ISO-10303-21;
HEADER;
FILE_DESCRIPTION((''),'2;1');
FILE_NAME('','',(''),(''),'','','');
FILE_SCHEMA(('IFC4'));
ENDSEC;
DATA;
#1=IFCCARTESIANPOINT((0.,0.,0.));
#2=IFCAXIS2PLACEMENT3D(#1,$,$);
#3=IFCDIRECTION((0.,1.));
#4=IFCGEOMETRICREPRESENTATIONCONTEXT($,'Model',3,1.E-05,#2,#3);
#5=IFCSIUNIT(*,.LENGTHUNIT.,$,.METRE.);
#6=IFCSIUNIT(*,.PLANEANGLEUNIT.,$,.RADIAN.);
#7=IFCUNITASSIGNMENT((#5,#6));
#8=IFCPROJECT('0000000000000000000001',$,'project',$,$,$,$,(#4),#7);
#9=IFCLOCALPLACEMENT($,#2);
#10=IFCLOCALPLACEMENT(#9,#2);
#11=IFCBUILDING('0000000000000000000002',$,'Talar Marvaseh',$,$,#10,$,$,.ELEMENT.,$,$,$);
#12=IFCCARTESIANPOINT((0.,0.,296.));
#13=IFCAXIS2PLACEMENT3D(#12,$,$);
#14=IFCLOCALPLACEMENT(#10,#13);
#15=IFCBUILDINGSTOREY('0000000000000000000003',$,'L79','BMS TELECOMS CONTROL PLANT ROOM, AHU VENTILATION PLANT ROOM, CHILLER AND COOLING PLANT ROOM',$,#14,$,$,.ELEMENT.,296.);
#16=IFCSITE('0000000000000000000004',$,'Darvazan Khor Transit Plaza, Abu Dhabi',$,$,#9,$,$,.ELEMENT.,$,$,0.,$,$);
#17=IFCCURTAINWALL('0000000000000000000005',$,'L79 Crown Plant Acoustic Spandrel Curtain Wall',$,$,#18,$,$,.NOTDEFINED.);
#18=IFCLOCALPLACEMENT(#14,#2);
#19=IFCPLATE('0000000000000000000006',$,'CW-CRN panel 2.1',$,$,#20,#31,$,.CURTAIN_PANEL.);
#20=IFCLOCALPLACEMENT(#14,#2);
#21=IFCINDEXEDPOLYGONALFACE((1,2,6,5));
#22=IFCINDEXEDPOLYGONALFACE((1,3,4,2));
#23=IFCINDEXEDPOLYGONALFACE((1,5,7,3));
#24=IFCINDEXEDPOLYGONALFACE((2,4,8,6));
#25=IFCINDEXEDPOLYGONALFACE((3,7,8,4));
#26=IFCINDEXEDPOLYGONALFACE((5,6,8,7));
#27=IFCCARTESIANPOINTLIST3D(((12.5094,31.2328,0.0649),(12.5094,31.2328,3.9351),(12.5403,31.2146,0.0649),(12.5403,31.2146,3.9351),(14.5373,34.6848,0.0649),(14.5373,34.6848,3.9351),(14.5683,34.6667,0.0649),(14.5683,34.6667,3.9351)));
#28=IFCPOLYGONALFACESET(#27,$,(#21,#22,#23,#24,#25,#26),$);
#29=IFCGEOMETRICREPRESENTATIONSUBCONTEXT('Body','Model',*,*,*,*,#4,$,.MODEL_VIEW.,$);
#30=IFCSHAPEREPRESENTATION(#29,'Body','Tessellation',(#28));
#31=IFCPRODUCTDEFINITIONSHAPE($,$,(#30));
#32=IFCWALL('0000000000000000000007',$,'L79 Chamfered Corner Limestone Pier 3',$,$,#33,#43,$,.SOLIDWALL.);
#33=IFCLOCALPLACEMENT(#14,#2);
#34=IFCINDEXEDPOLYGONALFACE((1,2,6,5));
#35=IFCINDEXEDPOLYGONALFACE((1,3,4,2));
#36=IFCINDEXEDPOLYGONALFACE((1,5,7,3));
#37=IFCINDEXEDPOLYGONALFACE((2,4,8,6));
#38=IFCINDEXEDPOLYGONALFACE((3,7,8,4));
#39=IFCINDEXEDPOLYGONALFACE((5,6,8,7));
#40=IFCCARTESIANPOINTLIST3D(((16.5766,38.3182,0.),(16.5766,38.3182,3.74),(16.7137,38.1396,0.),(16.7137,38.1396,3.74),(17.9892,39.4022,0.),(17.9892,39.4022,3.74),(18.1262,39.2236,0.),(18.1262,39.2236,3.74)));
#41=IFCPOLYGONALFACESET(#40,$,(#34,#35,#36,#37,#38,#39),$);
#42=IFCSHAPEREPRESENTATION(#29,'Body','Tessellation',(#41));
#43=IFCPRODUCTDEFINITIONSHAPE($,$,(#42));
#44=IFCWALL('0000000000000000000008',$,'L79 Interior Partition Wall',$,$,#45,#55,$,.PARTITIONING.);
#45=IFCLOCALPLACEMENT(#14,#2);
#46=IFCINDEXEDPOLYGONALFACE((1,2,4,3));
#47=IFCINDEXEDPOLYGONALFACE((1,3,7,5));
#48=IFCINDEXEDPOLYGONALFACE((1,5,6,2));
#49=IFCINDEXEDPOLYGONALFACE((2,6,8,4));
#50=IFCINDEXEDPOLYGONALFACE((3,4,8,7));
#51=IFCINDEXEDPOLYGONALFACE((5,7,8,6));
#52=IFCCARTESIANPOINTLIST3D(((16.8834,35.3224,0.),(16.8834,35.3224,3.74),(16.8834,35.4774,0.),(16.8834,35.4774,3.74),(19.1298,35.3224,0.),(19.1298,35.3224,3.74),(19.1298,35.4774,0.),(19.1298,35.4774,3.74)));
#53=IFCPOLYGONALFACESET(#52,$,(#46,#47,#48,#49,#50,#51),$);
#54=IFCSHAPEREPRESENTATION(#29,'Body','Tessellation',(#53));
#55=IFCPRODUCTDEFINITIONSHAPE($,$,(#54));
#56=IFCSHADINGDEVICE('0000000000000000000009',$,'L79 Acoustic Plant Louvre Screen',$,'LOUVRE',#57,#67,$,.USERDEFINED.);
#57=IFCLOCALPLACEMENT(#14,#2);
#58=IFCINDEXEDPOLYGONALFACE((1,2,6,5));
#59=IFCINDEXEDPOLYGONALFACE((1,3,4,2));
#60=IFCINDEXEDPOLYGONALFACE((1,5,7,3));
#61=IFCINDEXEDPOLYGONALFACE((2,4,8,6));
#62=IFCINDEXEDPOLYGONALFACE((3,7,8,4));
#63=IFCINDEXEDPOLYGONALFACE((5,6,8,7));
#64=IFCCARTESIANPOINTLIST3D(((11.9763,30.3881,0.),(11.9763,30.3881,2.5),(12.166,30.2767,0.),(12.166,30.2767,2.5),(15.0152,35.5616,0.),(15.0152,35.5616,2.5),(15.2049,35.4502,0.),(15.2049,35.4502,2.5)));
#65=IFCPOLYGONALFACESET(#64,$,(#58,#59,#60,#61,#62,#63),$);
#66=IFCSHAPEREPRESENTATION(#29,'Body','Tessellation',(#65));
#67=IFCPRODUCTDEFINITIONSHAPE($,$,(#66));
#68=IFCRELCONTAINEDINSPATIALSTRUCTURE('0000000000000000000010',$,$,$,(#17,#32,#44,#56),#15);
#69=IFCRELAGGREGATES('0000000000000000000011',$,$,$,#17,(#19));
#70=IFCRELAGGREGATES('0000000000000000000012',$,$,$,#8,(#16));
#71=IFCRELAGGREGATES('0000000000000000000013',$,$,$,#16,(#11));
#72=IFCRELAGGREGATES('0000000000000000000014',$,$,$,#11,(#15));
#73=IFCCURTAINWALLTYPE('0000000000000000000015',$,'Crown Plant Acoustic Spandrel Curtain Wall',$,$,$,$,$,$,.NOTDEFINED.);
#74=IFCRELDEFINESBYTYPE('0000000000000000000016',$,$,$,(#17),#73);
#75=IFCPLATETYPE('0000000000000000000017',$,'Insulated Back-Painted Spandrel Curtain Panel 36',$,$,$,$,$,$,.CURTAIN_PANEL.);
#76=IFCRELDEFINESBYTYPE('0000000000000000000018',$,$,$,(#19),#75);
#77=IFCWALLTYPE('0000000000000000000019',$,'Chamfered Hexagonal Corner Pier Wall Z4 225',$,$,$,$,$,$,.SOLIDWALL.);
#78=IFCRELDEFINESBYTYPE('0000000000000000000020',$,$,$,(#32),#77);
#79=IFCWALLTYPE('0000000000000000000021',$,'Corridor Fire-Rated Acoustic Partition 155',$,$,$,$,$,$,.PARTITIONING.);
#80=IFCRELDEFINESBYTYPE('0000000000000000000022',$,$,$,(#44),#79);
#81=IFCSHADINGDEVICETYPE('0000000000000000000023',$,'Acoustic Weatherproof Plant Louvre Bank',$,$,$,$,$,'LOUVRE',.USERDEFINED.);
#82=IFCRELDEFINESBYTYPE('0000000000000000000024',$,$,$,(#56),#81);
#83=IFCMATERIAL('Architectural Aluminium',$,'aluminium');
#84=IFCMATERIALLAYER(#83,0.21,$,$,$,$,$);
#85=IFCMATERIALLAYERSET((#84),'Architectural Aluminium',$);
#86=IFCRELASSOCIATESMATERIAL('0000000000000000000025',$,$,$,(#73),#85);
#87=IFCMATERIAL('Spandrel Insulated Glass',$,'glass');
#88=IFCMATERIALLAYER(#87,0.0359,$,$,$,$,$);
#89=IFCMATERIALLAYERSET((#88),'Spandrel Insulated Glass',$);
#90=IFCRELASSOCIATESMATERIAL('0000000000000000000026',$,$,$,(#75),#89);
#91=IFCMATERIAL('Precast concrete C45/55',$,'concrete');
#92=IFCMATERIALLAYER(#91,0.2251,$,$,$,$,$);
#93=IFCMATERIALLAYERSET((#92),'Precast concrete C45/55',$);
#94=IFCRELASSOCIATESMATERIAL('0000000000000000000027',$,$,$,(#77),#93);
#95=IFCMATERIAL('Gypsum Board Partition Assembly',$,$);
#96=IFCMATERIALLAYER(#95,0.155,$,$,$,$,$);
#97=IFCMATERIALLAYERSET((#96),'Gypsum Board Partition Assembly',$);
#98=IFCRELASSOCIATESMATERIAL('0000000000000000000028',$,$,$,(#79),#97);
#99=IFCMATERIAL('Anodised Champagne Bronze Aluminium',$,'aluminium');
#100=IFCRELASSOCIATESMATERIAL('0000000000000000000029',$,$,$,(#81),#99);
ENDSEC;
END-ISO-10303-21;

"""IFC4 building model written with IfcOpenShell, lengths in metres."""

from ifc_helpers import new_model, si_unit, direction, frame, frame_2d, origin, origin_2d, place, context, subcontext, project, spatial, rectangle, extrude, source, transform, mapped, material, layer, layer_set, type_object, type_shapes, element, aggregate, save


model = new_model("IFC4")

# Units and contexts
model_context = context("Model", 3, precision=1e-05, world=origin(), true_north=direction((0.0, 1.0)))
body_context = subcontext(model_context, "Body", "Model", "MODEL_VIEW")
ifc_project = project(units=[si_unit("LENGTHUNIT", "METRE"), si_unit("PLANEANGLEUNIT", "RADIAN")], contexts=[model_context])

# Site, building, storey
site_placement = place(None, origin())
site = spatial("IfcSite", under=ifc_project, at=site_placement, Name="Darvazan Khor Transit Plaza, Abu Dhabi", CompositionType="ELEMENT", RefElevation=0.0)
building_placement = place(site_placement, origin())
building = spatial("IfcBuilding", under=site, at=building_placement, Name="Talar Marvaseh", CompositionType="ELEMENT")
storey_placement = place(building_placement, frame((0.0, 0.0, 296.0)))
storey = spatial("IfcBuildingStorey", under=building, at=storey_placement, Name="L79", Description="BMS TELECOMS CONTROL PLANT ROOM, AHU VENTILATION PLANT ROOM, CHILLER AND COOLING PLANT ROOM", CompositionType="ELEMENT", Elevation=296.0)

# Curtain wall
ifc_material_1 = material(Name="Architectural Aluminium", Category="aluminium")
ifc_layer_1 = layer(ifc_material_1, 0.21)
ifc_layer_set_1 = layer_set([ifc_layer_1], Name="Architectural Aluminium")
curtain_wall_type = type_object("IfcCurtainWallType", Name="Crown Plant Acoustic Spandrel Curtain Wall", PredefinedType="NOTDEFINED", material=ifc_layer_set_1)
curtain_wall_1_placement = place(storey_placement, origin())
curtain_wall_1 = element("IfcCurtainWall", 1, at=curtain_wall_1_placement, inside=storey, type_object=curtain_wall_type, Name="L79 Crown Plant Acoustic Spandrel Curtain Wall", PredefinedType="NOTDEFINED")

# Plate
ifc_material_2 = material(Name="Spandrel Insulated Glass", Category="glass")
ifc_layer_2 = layer(ifc_material_2, 0.0359)
ifc_layer_set_2 = layer_set([ifc_layer_2], Name="Spandrel Insulated Glass")
plate_type_1 = type_object("IfcPlateType", Name="Insulated Back-Painted Spandrel Curtain Panel 36", PredefinedType="CURTAIN_PANEL", material=ifc_layer_set_2)
shared_shape_1 = source(origin(), body_context, "Body", "SweptSolid", [
    extrude(rectangle(XDim=4.0037, YDim=0.0359, at=origin_2d()), origin(), (0.0, 0.0, 1.0), 3.8701),
])
plate_1_placement = place(storey_placement, frame((13.5388, 32.9497, 0.0649), z_axis=(0.0, 0.0, 1.0), x_axis=(0.506517, 0.86223, 0.0)))
plate_1 = element("IfcPlate", 2, at=plate_1_placement, type_object=plate_type_1, Name="CW-CRN panel 2.1", PredefinedType="CURTAIN_PANEL", context=body_context, shape_type="MappedRepresentation", body=[
    mapped(shared_shape_1, transform((0.0, 0.0, 0.0), x_axis=(1.0, 0.0, 0.0), y_axis=(0.0, 1.0, 0.0), z_axis=(0.0, 0.0, 1.0), scale=1.0)),
])
aggregate(curtain_wall_1, [plate_1])

# Walls
ifc_material_3 = material(Name="Precast concrete C45/55", Category="concrete")
ifc_layer_3 = layer(ifc_material_3, 0.2251)
ifc_layer_set_3 = layer_set([ifc_layer_3], Name="Precast concrete C45/55")
wall_type_1 = type_object("IfcWallType", Name="Chamfered Hexagonal Corner Pier Wall Z4 225", PredefinedType="SOLIDWALL", material=ifc_layer_set_3)
wall_1_placement = place(storey_placement, frame((16.6453, 38.229, 0.0), z_axis=(0.0, 0.0, 1.0), x_axis=(0.793337, 0.608783, 0.0)))
element("IfcWall", 3, at=wall_1_placement, inside=storey, type_object=wall_type_1, Name="L79 Chamfered Corner Limestone Pier 3", PredefinedType="SOLIDWALL", context=body_context, shape_type="SweptSolid", body=[
    extrude(rectangle(XDim=1.7805, YDim=0.2251, at=frame_2d((0.8901, 0.0))), origin(), (0.0, 0.0, 1.0), 3.74),
])
ifc_material_4 = material(Name="Gypsum Board Partition Assembly")
ifc_layer_4 = layer(ifc_material_4, 0.155)
ifc_layer_set_4 = layer_set([ifc_layer_4], Name="Gypsum Board Partition Assembly")
wall_type_2 = type_object("IfcWallType", Name="Corridor Fire-Rated Acoustic Partition 155", PredefinedType="PARTITIONING", material=ifc_layer_set_4)
wall_2_placement = place(storey_placement, frame((16.8835, 35.3999, 0.0), z_axis=(0.0, 0.0, 1.0), x_axis=(1.0, 0.0, 0.0)))
element("IfcWall", 4, at=wall_2_placement, inside=storey, type_object=wall_type_2, Name="L79 Interior Partition Wall", PredefinedType="PARTITIONING", context=body_context, shape_type="SweptSolid", body=[
    extrude(rectangle(XDim=2.2463, YDim=0.155, at=frame_2d((1.123, 0.0))), origin(), (0.0, 0.0, 1.0), 3.74),
])

# Shading device
ifc_material_5 = material(Name="Anodised Champagne Bronze Aluminium", Category="aluminium")
shading_device_type = type_object("IfcShadingDeviceType", Name="Acoustic Weatherproof Plant Louvre Bank", ElementType="LOUVRE", PredefinedType="USERDEFINED", material=ifc_material_5)
shared_shape_2 = source(origin(), body_context, "Body", "SweptSolid", [
    extrude(rectangle(XDim=6.0, YDim=0.22, at=origin_2d()), origin(), (0.0, 0.0, 1.0), 2.5),
])
type_shapes(shading_device_type, [shared_shape_2])
shading_device_placement = place(storey_placement, frame((13.5906, 32.9192, 0.0), z_axis=(0.0, 0.0, 1.0), x_axis=(0.506485, 0.862249, 0.0)))
element("IfcShadingDevice", 5, at=shading_device_placement, inside=storey, type_object=shading_device_type, Name="L79 Acoustic Plant Louvre Screen", ObjectType="LOUVRE", PredefinedType="USERDEFINED", context=body_context, shape_type="MappedRepresentation", body=[
    mapped(shared_shape_2, transform((0.0, 0.0, 0.0), x_axis=(1.0, 0.0, 0.0), y_axis=(0.0, 1.0, 0.0), z_axis=(0.0, 0.0, 1.0), scale=1.0)),
])

save(model, "model.ifc")
